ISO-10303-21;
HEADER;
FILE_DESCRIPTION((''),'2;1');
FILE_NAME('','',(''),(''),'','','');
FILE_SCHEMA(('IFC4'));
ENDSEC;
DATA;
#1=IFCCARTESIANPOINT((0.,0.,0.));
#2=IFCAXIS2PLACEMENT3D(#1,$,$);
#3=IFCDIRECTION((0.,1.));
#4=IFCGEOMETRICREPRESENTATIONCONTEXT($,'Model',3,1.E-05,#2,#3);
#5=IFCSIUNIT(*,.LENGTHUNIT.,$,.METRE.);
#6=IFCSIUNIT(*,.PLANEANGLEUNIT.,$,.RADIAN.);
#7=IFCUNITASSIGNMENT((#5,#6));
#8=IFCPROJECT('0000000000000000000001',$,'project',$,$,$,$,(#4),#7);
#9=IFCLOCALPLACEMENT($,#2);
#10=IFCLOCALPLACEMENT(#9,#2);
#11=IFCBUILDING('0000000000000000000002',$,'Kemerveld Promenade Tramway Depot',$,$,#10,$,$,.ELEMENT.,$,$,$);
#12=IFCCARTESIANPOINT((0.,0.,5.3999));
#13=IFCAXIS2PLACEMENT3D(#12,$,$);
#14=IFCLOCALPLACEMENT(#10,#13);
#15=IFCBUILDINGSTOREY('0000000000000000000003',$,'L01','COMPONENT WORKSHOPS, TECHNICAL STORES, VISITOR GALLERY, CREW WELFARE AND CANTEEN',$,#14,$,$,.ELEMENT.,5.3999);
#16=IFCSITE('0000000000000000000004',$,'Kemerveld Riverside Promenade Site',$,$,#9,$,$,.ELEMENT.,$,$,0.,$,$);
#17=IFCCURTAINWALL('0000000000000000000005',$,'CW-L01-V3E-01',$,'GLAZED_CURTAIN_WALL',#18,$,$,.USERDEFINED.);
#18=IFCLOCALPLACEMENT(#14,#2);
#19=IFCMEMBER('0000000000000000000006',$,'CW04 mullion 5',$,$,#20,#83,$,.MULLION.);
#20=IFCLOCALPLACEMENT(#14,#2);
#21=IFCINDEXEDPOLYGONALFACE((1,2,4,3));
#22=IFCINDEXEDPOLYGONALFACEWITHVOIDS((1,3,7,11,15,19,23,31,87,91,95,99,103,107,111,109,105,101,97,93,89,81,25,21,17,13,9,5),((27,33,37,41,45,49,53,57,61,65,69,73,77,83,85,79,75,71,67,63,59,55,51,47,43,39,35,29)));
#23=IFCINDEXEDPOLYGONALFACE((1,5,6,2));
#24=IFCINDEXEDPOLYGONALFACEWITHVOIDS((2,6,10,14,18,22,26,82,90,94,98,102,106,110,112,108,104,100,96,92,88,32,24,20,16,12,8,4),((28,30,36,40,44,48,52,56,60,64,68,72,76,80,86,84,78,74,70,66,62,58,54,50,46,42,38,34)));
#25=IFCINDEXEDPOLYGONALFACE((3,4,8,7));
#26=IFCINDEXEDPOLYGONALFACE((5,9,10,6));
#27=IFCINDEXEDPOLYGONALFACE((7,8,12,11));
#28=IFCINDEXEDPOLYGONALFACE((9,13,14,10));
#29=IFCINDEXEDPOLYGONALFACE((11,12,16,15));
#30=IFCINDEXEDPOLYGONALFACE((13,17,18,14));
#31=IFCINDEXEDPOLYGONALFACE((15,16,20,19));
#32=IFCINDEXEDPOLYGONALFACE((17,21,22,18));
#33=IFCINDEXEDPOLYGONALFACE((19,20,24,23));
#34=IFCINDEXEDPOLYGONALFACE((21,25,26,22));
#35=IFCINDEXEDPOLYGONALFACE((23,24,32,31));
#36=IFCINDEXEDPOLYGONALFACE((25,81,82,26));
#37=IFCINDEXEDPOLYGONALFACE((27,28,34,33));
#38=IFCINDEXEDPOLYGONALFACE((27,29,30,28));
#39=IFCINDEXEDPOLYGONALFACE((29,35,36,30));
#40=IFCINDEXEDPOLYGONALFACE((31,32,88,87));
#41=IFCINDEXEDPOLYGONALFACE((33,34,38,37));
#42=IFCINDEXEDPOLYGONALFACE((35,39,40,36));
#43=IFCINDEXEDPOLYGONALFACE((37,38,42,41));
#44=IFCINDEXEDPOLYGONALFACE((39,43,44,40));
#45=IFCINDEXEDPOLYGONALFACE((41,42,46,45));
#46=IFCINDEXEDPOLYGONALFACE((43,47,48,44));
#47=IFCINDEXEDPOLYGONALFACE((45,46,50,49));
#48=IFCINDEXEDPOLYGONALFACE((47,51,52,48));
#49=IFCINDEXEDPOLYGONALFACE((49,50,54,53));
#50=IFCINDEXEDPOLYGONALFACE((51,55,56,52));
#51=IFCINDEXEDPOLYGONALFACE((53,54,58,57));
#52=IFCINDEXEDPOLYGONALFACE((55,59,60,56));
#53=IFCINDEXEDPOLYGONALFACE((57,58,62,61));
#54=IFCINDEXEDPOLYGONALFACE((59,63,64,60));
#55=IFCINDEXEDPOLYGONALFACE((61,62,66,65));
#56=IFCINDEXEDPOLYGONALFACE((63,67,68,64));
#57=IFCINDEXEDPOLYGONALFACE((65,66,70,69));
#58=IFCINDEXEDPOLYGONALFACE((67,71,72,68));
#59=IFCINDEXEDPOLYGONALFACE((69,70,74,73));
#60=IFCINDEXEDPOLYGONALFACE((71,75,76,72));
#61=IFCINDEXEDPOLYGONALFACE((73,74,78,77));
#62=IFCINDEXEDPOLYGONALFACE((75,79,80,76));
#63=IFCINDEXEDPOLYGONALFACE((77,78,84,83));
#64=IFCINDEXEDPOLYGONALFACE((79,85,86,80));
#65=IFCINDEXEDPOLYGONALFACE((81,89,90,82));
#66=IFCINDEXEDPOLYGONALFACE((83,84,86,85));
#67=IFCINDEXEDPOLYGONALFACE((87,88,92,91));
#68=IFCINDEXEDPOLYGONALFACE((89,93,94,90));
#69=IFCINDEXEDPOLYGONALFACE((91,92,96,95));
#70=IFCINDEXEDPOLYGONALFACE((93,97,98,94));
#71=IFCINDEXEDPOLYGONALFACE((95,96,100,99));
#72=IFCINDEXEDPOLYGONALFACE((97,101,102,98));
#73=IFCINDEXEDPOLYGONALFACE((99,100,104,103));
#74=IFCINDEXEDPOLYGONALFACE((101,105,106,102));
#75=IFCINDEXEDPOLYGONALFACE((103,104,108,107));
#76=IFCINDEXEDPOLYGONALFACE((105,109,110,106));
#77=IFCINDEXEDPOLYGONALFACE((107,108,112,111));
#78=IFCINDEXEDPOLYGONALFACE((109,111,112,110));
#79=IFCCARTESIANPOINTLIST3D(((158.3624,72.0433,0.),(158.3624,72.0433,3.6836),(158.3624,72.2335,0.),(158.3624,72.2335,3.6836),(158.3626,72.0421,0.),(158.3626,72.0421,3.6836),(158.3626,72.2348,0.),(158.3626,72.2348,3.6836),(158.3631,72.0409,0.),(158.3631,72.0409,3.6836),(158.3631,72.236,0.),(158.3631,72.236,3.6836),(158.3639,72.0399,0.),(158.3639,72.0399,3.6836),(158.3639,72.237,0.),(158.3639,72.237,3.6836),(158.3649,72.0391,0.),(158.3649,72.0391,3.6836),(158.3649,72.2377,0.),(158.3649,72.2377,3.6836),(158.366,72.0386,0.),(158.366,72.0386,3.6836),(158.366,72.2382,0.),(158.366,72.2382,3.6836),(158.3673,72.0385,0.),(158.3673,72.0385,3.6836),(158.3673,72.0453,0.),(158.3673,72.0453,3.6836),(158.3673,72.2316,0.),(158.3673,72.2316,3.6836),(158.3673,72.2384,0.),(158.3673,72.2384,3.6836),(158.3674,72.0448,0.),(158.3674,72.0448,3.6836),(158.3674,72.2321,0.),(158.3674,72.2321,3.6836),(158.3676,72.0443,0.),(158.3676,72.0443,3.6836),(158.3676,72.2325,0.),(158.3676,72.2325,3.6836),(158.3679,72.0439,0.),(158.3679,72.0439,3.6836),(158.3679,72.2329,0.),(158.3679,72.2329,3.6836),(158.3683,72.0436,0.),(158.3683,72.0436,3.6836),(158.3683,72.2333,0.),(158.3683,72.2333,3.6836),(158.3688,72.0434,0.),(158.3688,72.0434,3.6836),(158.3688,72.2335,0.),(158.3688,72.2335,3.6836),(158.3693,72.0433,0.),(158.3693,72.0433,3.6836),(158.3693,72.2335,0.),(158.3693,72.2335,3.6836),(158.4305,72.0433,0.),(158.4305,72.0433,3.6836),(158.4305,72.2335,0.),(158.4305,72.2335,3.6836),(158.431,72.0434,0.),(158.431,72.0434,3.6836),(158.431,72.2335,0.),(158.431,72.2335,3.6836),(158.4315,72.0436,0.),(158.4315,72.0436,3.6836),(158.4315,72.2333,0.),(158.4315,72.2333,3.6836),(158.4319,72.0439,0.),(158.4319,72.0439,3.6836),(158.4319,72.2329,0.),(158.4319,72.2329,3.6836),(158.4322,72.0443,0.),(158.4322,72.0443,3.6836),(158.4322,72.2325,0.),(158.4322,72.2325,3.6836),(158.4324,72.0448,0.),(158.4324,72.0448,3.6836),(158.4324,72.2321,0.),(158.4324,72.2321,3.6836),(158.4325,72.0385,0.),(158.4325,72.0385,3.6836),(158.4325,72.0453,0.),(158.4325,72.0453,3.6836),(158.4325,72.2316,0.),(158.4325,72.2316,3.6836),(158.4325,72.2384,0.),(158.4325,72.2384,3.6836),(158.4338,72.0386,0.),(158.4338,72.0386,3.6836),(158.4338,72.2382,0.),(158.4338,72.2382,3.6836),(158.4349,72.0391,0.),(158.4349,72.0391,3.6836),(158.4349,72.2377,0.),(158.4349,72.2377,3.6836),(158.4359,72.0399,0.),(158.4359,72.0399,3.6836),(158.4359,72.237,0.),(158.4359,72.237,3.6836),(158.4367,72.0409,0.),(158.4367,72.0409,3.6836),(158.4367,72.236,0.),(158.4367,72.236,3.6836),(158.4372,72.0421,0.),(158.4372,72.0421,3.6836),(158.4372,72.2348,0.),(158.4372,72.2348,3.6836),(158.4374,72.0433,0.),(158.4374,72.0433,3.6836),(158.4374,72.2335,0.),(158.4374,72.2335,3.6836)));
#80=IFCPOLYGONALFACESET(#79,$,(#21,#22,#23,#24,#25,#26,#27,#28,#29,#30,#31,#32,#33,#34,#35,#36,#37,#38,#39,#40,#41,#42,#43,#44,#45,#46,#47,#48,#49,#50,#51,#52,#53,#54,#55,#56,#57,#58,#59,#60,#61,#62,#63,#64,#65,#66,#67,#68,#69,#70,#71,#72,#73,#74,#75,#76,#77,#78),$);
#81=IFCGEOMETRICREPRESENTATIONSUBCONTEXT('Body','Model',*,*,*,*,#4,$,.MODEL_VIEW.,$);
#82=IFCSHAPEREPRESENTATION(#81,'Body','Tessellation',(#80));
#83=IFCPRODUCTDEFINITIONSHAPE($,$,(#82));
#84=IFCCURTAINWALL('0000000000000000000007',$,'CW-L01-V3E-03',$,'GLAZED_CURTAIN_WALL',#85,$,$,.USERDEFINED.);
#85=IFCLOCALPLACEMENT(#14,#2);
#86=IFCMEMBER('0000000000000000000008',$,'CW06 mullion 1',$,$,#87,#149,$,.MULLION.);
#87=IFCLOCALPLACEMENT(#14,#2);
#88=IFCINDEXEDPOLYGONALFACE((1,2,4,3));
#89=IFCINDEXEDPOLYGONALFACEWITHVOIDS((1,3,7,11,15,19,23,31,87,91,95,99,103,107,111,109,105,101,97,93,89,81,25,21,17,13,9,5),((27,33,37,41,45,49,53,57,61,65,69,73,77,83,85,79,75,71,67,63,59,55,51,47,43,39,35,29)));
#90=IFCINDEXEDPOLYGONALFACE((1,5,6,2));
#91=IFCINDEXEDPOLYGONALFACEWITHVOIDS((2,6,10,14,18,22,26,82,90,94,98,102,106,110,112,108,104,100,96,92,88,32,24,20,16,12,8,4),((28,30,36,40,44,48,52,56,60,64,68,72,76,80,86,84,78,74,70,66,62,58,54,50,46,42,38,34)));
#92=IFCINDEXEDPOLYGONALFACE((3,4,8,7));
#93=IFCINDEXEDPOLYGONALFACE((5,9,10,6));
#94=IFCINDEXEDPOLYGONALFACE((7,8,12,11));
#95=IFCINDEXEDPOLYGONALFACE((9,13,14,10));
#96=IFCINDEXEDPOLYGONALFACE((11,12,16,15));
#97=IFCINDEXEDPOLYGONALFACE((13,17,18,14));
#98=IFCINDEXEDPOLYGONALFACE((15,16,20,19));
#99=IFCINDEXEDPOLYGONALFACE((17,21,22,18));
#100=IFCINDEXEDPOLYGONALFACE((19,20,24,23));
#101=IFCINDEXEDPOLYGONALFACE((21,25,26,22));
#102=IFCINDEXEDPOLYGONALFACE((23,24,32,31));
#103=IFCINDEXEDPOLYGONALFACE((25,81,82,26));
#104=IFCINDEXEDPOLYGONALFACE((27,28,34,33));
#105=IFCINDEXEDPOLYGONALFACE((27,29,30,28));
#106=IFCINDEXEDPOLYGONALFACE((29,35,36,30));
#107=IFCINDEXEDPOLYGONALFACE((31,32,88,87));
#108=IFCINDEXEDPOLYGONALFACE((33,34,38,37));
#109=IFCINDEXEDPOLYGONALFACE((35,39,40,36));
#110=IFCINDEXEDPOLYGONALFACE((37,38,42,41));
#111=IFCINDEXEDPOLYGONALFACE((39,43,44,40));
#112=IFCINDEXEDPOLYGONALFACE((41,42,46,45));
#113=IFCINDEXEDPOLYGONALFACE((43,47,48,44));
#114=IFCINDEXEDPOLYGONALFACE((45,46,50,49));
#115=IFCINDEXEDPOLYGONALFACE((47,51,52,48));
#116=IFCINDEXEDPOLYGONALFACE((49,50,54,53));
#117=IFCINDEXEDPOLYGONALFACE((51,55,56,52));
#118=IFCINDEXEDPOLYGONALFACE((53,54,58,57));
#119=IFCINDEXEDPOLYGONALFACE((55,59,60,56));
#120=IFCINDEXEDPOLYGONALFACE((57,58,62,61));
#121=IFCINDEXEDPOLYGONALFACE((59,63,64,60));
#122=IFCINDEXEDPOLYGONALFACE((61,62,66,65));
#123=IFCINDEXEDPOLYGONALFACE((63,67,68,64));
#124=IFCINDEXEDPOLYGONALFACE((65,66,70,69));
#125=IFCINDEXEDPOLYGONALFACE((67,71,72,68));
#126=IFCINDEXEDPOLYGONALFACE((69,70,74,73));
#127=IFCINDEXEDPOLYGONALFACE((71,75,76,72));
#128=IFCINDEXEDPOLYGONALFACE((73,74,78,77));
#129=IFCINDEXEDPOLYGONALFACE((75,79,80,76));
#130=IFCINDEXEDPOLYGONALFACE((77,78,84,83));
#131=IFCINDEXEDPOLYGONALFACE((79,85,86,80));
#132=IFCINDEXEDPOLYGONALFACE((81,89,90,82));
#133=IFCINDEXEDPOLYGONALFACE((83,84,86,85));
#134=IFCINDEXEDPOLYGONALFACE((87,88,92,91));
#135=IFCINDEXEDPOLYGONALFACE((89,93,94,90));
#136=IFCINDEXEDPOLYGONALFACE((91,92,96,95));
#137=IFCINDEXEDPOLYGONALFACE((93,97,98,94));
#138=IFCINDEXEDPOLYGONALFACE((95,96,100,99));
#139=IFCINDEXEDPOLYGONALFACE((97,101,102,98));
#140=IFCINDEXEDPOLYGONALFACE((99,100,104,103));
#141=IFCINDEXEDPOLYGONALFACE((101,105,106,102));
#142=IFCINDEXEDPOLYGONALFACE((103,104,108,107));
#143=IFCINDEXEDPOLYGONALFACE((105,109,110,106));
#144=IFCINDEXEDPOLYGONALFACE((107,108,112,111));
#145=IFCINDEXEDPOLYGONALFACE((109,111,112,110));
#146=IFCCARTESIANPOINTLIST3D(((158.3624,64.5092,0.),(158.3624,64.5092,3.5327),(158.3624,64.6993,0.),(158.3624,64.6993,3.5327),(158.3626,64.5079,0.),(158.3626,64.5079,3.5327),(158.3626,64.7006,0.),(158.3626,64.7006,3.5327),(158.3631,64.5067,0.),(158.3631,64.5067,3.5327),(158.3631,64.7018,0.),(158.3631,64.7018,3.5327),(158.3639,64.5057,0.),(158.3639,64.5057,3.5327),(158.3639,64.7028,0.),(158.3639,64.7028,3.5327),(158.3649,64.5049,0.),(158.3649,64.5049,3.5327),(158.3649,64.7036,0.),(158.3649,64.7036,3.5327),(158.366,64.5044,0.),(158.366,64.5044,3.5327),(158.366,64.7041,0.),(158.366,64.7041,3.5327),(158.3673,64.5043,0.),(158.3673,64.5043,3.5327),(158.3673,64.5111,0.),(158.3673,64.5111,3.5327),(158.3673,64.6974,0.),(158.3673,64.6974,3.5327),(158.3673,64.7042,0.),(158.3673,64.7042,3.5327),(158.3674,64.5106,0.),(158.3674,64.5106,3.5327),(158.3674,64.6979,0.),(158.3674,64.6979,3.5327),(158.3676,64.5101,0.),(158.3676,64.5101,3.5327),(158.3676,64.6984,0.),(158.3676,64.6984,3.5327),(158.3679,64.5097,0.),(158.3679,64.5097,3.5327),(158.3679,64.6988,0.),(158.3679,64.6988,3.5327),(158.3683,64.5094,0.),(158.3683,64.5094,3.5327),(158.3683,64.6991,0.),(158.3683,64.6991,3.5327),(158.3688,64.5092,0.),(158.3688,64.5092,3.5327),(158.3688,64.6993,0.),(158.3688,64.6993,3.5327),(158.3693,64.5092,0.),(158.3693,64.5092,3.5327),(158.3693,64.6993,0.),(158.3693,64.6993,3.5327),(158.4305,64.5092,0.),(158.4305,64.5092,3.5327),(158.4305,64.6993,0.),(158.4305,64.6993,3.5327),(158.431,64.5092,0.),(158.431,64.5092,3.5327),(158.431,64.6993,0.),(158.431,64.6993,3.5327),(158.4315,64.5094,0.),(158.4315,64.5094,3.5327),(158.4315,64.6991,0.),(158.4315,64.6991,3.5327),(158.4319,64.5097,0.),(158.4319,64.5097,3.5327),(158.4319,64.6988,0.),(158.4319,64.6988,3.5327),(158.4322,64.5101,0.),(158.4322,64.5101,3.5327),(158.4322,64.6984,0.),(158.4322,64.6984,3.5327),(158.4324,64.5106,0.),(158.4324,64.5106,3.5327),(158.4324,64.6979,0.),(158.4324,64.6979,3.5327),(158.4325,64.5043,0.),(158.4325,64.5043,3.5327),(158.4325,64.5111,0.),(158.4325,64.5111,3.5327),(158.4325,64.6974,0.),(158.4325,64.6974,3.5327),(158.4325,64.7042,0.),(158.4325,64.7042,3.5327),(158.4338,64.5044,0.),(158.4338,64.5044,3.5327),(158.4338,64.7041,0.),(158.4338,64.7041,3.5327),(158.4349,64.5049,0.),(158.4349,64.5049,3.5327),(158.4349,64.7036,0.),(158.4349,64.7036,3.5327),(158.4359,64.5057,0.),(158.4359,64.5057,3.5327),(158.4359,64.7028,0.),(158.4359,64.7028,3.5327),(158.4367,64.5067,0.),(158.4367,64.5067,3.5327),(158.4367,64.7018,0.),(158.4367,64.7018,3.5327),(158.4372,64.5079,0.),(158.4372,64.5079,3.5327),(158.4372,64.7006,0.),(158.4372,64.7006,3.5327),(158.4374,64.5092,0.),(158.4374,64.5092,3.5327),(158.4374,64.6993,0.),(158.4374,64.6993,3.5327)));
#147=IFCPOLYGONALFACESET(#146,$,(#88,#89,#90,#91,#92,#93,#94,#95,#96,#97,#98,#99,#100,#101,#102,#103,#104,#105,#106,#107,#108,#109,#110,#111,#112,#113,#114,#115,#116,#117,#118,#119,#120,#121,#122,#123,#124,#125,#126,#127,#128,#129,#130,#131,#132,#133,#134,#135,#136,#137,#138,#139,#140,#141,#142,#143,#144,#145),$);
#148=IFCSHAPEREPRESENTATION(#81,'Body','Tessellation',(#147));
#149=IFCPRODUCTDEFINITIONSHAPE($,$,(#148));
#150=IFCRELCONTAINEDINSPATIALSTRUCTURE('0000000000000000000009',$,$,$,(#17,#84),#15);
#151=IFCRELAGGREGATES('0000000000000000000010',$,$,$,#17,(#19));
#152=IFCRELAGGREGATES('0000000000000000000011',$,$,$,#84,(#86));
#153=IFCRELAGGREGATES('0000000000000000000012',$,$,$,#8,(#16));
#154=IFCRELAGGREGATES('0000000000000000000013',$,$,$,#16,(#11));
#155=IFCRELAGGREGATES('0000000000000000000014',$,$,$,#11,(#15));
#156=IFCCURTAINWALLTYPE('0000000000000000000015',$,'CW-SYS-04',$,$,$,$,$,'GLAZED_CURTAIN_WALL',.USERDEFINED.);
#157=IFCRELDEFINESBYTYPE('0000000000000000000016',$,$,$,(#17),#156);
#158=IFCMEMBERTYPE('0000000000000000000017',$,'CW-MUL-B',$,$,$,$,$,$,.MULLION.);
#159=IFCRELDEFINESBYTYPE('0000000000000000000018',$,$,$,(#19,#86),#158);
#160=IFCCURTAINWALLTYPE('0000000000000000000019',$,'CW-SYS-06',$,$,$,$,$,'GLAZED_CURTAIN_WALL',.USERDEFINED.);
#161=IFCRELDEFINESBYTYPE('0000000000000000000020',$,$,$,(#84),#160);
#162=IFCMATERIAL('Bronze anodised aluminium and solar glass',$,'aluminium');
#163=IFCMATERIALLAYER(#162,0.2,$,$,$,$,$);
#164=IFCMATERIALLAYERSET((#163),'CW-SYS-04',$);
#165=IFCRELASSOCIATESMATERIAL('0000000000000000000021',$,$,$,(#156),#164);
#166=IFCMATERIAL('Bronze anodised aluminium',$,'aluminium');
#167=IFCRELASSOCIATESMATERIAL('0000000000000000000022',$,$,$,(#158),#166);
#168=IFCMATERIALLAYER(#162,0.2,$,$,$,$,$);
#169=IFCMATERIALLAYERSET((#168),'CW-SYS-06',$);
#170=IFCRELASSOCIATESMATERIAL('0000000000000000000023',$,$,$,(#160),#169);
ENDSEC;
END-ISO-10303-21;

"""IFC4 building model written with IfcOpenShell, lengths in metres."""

from ifc_helpers import new_model, si_unit, direction, frame, origin, origin_2d, place, context, subcontext, project, spatial, hollow_rectangle, extrude, material, layer, layer_set, material_profile, profile_set, type_object, element, aggregate, save


model = new_model("IFC4")

# Units and contexts
model_context = context("Model", 3, precision=1e-05, world=origin(), true_north=direction((0.0, 1.0)))
body_context = subcontext(model_context, "Body", "Model", "MODEL_VIEW")
ifc_project = project(units=[si_unit("LENGTHUNIT", "METRE"), si_unit("PLANEANGLEUNIT", "RADIAN")], contexts=[model_context])

# Site, building, storey
site_placement = place(None, origin())
site = spatial("IfcSite", under=ifc_project, at=site_placement, Name="Kemerveld Riverside Promenade Site", CompositionType="ELEMENT", RefElevation=0.0)
building_placement = place(site_placement, origin())
building = spatial("IfcBuilding", under=site, at=building_placement, Name="Kemerveld Promenade Tramway Depot", CompositionType="ELEMENT")
storey_placement = place(building_placement, frame((0.0, 0.0, 5.3999)))
storey = spatial("IfcBuildingStorey", under=building, at=storey_placement, Name="L01", Description="COMPONENT WORKSHOPS, TECHNICAL STORES, VISITOR GALLERY, CREW WELFARE AND CANTEEN", CompositionType="ELEMENT", Elevation=5.3999)

# Curtain wall, member
ifc_material_1 = material(Name="Bronze anodised aluminium and solar glass", Category="aluminium")
ifc_layer_1 = layer(ifc_material_1, 0.2)
ifc_layer_set_1 = layer_set([ifc_layer_1], Name="CW-SYS-04")
curtain_wall_type_1 = type_object("IfcCurtainWallType", Name="CW-SYS-04", ElementType="GLAZED_CURTAIN_WALL", PredefinedType="USERDEFINED", material=ifc_layer_set_1)
curtain_wall_1_placement = place(storey_placement, origin())
curtain_wall_1 = element("IfcCurtainWall", 1, at=curtain_wall_1_placement, inside=storey, type_object=curtain_wall_type_1, Name="CW-L01-V3E-01", ObjectType="GLAZED_CURTAIN_WALL", PredefinedType="USERDEFINED")
ifc_material_2 = material(Name="Bronze anodised aluminium", Category="aluminium")
ifc_material_profile_1 = material_profile(ifc_material_2, hollow_rectangle(XDim=0.075, YDim=0.2, WallThickness=0.0049, InnerFilletRadius=0.002, OuterFilletRadius=0.0049, at=origin_2d()), Name="CW-MUL-200x75")
ifc_profile_set_1 = profile_set([ifc_material_profile_1], Name="Bronze anodised aluminium")
member_type_1 = type_object("IfcMemberType", Name="CW-MUL-B", PredefinedType="MULLION", material=ifc_profile_set_1)
member_1_placement = place(storey_placement, frame((158.3999, 72.1384, 0.0), z_axis=(0.0, 0.0, 1.0), x_axis=(1.0, 0.0, 0.0)))
member_1 = element("IfcMember", 2, at=member_1_placement, type_object=member_type_1, Name="CW04 mullion 5", PredefinedType="MULLION", context=body_context, shape_type="SweptSolid", body=[
    extrude(hollow_rectangle(XDim=0.075, YDim=0.2, WallThickness=0.0049, InnerFilletRadius=0.002, OuterFilletRadius=0.0049, at=origin_2d()), origin(), (0.0, 0.0, 1.0), 3.6836),
])

# Curtain wall, member
ifc_layer_2 = layer(ifc_material_1, 0.2)
ifc_layer_set_2 = layer_set([ifc_layer_2], Name="CW-SYS-06")
curtain_wall_type_2 = type_object("IfcCurtainWallType", Name="CW-SYS-06", ElementType="GLAZED_CURTAIN_WALL", PredefinedType="USERDEFINED", material=ifc_layer_set_2)
curtain_wall_2_placement = place(storey_placement, origin())
curtain_wall_2 = element("IfcCurtainWall", 3, at=curtain_wall_2_placement, inside=storey, type_object=curtain_wall_type_2, Name="CW-L01-V3E-03", ObjectType="GLAZED_CURTAIN_WALL", PredefinedType="USERDEFINED")
member_2_placement = place(storey_placement, frame((158.3999, 64.6042, 0.0), z_axis=(0.0, 0.0, 1.0), x_axis=(1.0, 0.0, 0.0)))
member_2 = element("IfcMember", 4, at=member_2_placement, type_object=member_type_1, Name="CW06 mullion 1", PredefinedType="MULLION", context=body_context, shape_type="SweptSolid", body=[
    extrude(hollow_rectangle(XDim=0.075, YDim=0.2, WallThickness=0.0049, InnerFilletRadius=0.002, OuterFilletRadius=0.0049, at=origin_2d()), origin(), (0.0, 0.0, 1.0), 3.5327),
])

aggregate(curtain_wall_1, [member_1])
aggregate(curtain_wall_2, [member_2])

save(model, "model.ifc")
